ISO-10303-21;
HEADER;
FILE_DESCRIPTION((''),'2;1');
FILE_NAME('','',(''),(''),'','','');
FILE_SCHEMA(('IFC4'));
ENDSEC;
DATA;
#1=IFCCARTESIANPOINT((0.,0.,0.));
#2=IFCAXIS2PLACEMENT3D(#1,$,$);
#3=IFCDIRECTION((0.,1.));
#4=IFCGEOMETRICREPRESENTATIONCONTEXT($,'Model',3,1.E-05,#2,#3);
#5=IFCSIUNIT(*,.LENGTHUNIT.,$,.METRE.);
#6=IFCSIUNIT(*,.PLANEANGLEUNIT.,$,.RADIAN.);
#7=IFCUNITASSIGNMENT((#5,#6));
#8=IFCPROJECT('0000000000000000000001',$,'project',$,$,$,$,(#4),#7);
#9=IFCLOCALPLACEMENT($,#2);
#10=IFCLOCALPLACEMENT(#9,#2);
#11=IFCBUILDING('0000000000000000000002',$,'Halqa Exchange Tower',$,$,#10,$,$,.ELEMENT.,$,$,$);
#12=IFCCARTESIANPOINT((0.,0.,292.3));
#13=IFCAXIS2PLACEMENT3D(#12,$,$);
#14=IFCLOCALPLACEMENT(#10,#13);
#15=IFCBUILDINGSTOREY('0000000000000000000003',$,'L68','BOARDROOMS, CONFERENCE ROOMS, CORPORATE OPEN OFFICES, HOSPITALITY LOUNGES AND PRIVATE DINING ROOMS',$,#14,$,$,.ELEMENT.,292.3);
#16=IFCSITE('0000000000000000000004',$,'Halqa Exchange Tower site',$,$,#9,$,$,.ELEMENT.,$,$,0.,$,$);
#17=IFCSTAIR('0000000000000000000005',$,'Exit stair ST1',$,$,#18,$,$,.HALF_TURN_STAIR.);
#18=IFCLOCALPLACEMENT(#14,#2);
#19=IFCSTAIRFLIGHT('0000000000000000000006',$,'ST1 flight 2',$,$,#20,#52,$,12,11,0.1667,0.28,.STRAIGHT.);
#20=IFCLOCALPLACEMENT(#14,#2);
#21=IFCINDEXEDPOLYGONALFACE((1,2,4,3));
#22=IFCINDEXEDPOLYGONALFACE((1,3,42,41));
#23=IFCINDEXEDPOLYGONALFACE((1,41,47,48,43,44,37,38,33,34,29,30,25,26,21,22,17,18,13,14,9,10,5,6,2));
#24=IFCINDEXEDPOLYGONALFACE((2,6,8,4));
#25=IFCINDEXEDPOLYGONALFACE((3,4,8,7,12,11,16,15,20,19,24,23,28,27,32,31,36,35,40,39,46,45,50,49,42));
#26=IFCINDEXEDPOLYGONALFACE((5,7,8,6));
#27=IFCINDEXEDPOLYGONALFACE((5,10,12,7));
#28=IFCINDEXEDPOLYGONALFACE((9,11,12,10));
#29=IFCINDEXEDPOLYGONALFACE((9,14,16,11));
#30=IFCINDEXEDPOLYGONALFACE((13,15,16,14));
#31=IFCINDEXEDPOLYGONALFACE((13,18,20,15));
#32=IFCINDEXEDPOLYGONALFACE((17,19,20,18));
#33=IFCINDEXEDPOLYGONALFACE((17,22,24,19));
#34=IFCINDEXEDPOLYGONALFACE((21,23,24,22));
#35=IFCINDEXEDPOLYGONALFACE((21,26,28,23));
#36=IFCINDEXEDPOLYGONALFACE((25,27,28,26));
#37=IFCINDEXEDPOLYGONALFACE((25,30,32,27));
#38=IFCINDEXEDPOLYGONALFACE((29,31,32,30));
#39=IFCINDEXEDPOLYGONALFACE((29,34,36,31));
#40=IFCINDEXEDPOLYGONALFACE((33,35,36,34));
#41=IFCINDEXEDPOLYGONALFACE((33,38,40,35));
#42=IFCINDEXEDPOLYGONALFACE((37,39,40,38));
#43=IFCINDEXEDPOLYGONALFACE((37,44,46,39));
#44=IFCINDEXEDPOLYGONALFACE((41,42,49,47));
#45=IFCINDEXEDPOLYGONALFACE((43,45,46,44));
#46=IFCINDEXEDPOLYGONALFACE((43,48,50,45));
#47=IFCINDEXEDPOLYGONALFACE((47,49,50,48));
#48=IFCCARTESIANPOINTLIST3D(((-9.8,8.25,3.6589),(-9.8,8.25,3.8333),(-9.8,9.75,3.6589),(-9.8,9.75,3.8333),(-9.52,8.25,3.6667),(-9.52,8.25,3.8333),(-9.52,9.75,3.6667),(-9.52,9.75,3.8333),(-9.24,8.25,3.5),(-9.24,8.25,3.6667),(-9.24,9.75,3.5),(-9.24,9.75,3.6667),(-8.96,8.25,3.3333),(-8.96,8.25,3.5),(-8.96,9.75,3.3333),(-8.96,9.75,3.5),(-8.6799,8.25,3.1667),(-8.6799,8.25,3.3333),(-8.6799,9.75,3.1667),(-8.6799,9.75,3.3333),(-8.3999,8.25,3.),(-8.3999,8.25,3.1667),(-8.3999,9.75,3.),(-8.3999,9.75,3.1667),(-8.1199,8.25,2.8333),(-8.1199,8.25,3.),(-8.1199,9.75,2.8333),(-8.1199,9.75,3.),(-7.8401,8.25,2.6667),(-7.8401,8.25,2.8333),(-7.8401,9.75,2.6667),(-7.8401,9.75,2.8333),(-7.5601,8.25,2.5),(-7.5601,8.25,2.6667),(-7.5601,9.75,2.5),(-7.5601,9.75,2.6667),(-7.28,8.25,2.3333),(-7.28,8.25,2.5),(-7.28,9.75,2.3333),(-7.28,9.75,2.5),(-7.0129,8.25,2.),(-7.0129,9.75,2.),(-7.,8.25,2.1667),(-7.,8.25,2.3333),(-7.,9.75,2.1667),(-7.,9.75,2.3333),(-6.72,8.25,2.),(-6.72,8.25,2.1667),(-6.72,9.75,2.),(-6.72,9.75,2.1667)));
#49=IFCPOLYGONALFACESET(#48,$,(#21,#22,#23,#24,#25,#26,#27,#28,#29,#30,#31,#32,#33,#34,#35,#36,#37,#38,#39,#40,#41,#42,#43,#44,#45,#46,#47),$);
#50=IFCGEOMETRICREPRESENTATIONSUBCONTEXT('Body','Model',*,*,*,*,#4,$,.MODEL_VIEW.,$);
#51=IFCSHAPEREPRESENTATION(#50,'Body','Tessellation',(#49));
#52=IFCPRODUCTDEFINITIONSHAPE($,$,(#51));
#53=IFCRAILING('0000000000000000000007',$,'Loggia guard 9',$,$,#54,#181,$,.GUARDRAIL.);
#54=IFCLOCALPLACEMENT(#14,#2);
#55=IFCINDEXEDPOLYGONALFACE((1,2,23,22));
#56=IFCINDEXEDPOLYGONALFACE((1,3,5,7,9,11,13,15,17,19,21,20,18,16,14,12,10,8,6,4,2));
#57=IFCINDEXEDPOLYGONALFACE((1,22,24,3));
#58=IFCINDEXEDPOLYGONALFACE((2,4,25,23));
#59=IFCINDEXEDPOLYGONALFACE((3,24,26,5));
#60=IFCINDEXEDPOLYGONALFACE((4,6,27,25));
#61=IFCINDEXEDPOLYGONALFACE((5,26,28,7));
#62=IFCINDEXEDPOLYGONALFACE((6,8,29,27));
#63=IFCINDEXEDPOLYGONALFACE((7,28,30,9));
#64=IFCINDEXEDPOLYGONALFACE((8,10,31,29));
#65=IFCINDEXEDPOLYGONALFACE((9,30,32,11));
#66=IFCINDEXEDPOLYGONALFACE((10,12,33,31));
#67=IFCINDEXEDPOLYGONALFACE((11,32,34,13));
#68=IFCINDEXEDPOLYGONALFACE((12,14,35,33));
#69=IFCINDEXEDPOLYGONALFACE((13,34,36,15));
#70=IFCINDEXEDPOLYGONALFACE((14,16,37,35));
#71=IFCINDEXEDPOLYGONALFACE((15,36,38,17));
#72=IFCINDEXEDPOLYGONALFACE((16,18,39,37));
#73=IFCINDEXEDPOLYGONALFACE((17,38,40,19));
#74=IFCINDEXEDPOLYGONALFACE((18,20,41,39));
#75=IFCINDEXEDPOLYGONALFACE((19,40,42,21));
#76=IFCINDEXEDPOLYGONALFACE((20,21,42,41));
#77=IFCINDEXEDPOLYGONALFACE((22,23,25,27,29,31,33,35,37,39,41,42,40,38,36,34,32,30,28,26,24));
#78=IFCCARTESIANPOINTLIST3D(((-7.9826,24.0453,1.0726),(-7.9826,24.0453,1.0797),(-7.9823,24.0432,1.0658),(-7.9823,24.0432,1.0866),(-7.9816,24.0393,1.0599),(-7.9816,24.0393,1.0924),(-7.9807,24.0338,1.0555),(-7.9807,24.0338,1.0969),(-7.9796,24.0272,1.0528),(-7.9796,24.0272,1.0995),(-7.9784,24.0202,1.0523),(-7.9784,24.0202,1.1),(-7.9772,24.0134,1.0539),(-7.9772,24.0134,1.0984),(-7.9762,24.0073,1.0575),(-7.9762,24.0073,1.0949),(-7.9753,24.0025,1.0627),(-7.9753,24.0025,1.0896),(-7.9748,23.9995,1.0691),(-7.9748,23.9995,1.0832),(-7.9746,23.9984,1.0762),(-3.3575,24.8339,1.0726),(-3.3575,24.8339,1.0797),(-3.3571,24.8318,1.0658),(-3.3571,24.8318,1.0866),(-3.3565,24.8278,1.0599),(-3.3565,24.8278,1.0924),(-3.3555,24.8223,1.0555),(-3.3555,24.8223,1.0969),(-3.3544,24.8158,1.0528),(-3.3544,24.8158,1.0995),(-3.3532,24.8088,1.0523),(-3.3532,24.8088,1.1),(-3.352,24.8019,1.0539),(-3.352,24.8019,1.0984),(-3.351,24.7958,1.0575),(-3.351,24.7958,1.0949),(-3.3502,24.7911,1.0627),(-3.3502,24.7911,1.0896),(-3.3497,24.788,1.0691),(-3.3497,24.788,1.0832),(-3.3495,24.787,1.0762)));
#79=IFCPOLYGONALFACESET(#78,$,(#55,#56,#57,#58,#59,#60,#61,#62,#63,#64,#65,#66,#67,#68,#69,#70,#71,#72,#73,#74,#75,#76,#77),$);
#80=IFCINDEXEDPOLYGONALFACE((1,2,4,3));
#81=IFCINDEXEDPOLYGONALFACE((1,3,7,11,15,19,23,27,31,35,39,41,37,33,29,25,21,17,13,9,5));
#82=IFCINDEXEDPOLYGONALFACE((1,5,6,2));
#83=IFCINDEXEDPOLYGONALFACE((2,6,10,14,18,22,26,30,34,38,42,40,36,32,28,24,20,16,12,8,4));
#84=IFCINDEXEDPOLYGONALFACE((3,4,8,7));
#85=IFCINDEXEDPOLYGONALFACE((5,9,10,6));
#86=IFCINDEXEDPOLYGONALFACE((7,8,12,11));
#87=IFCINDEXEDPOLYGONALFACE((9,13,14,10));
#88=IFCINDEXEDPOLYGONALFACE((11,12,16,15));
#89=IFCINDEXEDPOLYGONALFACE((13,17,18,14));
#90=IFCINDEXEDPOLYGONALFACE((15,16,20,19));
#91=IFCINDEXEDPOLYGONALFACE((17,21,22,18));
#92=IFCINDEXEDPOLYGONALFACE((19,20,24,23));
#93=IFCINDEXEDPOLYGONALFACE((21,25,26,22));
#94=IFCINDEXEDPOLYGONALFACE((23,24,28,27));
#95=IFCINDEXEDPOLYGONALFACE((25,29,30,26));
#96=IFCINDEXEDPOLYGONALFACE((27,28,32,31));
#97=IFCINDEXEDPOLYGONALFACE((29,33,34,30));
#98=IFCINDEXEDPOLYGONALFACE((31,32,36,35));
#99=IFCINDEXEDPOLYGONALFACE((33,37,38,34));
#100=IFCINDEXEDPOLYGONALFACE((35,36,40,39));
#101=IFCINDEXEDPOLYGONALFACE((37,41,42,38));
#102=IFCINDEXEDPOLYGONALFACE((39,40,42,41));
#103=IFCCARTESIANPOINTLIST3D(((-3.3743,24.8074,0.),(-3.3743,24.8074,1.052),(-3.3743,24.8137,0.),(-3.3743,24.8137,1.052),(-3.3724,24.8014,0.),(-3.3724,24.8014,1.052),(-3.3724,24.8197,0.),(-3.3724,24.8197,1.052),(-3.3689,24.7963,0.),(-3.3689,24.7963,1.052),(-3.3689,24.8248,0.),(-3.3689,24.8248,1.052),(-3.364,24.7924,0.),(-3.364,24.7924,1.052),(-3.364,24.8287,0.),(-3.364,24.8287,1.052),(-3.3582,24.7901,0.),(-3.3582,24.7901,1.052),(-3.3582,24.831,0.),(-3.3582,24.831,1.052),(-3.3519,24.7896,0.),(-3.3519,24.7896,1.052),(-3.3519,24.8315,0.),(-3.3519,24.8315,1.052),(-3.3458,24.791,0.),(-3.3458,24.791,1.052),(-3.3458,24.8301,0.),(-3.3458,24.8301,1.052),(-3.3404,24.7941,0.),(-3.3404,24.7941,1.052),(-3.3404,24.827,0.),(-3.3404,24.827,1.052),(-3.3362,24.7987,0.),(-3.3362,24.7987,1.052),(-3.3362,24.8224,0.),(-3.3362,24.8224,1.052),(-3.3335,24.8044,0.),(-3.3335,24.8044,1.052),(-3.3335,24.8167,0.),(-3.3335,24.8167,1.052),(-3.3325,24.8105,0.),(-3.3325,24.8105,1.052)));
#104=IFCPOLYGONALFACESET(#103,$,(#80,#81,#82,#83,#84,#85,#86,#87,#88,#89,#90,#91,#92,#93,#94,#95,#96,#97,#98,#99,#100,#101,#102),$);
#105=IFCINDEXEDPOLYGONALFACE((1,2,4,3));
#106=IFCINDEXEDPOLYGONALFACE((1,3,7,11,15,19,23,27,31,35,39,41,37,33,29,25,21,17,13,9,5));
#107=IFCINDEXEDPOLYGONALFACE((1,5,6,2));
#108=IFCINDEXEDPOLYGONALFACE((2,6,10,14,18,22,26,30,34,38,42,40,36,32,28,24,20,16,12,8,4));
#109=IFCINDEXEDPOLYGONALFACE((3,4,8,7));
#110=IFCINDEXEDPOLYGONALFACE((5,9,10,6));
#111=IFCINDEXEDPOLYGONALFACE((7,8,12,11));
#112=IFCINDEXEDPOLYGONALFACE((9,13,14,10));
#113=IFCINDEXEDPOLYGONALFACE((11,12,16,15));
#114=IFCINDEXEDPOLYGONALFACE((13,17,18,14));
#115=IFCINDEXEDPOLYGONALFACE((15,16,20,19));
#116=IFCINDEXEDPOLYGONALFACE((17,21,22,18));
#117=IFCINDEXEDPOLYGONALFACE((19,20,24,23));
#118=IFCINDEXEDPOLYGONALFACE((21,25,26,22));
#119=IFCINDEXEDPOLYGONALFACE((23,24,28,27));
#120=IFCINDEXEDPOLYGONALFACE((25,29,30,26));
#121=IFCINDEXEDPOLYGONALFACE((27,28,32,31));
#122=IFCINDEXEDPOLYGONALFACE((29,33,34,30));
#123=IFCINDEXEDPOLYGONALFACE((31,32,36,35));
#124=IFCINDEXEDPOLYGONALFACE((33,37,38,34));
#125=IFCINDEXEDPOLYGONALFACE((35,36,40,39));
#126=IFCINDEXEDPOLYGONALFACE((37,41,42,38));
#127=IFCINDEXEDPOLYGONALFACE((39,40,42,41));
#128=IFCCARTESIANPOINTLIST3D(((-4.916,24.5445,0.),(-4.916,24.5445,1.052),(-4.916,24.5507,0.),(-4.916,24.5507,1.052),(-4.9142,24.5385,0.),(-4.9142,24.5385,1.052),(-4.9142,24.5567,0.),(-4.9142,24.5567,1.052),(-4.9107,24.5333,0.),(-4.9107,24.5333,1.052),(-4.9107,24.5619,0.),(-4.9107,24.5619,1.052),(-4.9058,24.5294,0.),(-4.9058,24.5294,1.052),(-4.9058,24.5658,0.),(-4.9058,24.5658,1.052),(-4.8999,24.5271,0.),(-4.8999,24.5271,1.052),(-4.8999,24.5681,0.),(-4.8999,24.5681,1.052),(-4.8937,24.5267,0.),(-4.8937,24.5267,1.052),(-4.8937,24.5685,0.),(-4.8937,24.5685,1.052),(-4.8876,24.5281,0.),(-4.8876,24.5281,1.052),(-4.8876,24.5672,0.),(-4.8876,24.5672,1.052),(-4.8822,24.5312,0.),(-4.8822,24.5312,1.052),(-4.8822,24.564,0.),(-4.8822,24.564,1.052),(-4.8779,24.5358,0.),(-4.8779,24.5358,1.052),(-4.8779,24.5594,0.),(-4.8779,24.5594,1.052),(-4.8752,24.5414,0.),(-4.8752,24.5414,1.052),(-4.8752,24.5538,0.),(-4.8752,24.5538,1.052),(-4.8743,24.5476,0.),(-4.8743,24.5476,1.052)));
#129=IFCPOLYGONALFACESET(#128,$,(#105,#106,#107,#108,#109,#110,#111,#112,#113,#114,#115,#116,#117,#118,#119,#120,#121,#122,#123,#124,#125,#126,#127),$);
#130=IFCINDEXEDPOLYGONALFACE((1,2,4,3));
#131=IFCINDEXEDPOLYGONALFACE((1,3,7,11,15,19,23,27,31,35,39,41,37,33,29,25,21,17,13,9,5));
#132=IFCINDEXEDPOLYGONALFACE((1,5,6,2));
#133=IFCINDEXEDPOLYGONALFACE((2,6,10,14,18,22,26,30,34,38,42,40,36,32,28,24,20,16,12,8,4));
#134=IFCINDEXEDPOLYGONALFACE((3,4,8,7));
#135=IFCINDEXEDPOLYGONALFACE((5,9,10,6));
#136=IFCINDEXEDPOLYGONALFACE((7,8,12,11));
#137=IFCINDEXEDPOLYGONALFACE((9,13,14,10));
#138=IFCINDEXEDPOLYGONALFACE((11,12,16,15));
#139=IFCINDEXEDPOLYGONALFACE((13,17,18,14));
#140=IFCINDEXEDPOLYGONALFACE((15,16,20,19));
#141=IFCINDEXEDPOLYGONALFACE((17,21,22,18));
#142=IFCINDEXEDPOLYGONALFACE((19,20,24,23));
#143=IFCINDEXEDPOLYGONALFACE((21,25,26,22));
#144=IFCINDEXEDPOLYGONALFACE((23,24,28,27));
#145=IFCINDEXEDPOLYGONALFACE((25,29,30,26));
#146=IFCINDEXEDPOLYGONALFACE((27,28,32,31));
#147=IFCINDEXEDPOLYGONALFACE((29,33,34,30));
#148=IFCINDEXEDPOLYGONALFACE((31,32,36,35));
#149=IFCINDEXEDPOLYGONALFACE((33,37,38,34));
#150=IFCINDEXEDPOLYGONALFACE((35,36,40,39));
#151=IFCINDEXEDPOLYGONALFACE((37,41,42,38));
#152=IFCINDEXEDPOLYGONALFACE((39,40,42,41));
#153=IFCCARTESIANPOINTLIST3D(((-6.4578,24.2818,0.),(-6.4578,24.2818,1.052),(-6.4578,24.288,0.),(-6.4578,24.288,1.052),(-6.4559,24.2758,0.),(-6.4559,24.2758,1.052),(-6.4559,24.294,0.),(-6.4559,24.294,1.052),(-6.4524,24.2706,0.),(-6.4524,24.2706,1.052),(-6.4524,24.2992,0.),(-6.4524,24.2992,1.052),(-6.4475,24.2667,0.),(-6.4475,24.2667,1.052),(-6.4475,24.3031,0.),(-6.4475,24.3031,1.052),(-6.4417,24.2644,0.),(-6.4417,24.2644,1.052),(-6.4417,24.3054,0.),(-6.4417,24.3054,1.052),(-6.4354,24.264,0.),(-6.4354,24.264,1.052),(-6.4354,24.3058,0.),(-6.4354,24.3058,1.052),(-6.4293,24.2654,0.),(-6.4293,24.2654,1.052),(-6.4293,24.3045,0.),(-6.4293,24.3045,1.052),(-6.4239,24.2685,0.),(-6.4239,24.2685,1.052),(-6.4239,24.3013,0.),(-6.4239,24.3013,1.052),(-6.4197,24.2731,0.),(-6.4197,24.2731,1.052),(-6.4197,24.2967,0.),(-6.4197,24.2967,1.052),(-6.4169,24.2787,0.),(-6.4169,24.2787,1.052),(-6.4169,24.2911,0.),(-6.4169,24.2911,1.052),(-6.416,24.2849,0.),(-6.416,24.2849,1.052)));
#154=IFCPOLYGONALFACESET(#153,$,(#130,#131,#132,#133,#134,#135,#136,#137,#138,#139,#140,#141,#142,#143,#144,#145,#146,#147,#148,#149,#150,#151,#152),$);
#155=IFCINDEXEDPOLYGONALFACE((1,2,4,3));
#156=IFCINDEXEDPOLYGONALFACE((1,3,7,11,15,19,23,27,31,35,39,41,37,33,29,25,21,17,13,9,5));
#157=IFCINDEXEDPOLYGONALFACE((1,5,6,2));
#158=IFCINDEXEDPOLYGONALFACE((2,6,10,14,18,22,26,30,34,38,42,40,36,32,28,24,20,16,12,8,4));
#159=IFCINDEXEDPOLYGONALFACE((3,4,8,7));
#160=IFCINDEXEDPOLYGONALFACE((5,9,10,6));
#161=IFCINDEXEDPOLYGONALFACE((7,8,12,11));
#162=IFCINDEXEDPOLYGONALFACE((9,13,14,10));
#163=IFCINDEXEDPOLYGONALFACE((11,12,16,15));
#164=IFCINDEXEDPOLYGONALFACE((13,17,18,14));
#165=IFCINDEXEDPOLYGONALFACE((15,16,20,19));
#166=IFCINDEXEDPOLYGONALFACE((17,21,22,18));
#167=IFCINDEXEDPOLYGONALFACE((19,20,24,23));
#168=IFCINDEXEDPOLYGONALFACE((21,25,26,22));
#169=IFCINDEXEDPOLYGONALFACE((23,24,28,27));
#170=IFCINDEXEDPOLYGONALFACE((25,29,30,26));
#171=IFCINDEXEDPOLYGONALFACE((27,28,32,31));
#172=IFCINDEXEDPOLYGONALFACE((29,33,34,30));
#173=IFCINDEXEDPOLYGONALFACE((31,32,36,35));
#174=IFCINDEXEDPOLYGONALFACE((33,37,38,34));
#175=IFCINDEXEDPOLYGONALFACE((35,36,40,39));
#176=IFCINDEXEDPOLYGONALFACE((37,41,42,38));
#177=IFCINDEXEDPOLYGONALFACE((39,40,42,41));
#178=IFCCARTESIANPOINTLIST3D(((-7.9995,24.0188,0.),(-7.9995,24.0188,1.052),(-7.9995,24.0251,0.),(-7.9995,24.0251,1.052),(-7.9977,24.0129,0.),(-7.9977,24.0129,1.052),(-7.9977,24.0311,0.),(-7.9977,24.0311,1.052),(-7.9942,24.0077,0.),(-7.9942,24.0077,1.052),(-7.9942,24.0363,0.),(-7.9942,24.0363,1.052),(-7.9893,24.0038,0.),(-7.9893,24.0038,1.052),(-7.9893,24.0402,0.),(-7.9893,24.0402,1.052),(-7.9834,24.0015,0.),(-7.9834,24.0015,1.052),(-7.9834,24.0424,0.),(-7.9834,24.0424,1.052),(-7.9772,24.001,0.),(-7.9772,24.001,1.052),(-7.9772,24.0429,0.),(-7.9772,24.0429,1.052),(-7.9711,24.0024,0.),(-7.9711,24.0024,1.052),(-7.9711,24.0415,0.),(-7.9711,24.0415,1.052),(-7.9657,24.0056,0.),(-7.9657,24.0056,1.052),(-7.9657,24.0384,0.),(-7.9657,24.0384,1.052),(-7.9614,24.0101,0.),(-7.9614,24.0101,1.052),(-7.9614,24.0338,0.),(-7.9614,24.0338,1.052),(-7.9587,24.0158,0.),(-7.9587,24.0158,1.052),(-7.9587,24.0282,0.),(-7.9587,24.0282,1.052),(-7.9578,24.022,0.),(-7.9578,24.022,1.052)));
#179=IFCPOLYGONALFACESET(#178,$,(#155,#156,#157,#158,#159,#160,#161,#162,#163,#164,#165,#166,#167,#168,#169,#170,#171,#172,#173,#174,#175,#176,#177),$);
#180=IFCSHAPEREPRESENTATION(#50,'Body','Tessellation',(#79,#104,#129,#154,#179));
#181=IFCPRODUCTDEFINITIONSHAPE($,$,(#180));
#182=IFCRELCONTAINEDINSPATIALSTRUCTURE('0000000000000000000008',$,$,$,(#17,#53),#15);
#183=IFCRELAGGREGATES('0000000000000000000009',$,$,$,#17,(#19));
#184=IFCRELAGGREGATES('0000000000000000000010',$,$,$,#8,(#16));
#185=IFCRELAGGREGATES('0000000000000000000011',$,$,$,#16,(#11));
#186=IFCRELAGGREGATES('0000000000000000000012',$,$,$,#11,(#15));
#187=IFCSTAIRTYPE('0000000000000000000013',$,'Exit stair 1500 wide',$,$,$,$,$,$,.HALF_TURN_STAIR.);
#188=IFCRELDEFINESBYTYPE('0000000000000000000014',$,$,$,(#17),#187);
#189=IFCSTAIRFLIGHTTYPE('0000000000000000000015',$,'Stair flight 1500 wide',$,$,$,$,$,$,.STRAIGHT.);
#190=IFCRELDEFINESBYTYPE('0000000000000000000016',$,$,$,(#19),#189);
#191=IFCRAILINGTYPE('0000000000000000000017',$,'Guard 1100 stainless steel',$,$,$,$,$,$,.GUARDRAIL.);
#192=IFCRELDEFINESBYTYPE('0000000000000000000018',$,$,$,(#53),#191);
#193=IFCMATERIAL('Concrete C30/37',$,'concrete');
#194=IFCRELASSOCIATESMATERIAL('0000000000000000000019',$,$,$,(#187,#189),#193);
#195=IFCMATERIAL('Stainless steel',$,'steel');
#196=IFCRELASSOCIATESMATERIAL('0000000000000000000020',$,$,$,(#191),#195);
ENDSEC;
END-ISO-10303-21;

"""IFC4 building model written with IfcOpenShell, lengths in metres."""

from ifc_helpers import new_model, si_unit, direction, frame, origin, origin_2d, place, context, subcontext, project, spatial, polyline, circle, outline, extrude, material, type_object, element, aggregate, save


model = new_model("IFC4")

# Units and contexts
model_context = context("Model", 3, precision=1e-05, world=origin(), true_north=direction((0.0, 1.0)))
body_context = subcontext(model_context, "Body", "Model", "MODEL_VIEW")
ifc_project = project(units=[si_unit("LENGTHUNIT", "METRE"), si_unit("PLANEANGLEUNIT", "RADIAN")], contexts=[model_context])

# Site, building, storey
site_placement = place(None, origin())
site = spatial("IfcSite", under=ifc_project, at=site_placement, Name="Halqa Exchange Tower site", CompositionType="ELEMENT", RefElevation=0.0)
building_placement = place(site_placement, origin())
building = spatial("IfcBuilding", under=site, at=building_placement, Name="Halqa Exchange Tower", CompositionType="ELEMENT")
storey_placement = place(building_placement, frame((0.0, 0.0, 292.3)))
storey = spatial("IfcBuildingStorey", under=building, at=storey_placement, Name="L68", Description="BOARDROOMS, CONFERENCE ROOMS, CORPORATE OPEN OFFICES, HOSPITALITY LOUNGES AND PRIVATE DINING ROOMS", CompositionType="ELEMENT", Elevation=292.3)

# Shared definitions
ifc_material_1 = material(Name="Concrete C30/37", Category="concrete")

# Stair, stair flight
stair_type = type_object("IfcStairType", Name="Exit stair 1500 wide", PredefinedType="HALF_TURN_STAIR", material=ifc_material_1)
stair_placement = place(storey_placement, origin())
stair = element("IfcStair", 1, at=stair_placement, inside=storey, type_object=stair_type, Name="Exit stair ST1", PredefinedType="HALF_TURN_STAIR")
stair_flight_type = type_object("IfcStairFlightType", Name="Stair flight 1500 wide", PredefinedType="STRAIGHT", material=ifc_material_1)
stair_flight_placement = place(storey_placement, frame((-6.72, 9.0, 2.0), z_axis=(0.0, 0.0, 1.0), x_axis=(-1.0, 0.0, 0.0)))
stair_flight = element("IfcStairFlight", 2, at=stair_flight_placement, type_object=stair_flight_type, Name="ST1 flight 2", NumberOfRisers=12, NumberOfTreads=11, PredefinedType="STRAIGHT", RiserHeight=0.1667, TreadLength=0.28, context=body_context, shape_type="SweptSolid", body=[
    extrude(outline(polyline([(0.0, 0.0), (0.0, 0.1667), (0.28, 0.1667), (0.28, 0.3333), (0.5601, 0.3333), (0.5601, 0.5), (0.8401, 0.5), (0.8401, 0.6667), (1.1201, 0.6667), (1.1201, 0.8333), (1.3999, 0.8333), (1.3999, 1.0), (1.6799, 1.0), (1.6799, 1.1667), (1.96, 1.1667), (1.96, 1.3333), (2.24, 1.3333), (2.24, 1.5), (2.52, 1.5), (2.52, 1.6667), (2.8, 1.6667), (2.8, 1.8333), (3.0801, 1.8333), (3.0801, 2.0), (3.0801, 1.6589), (0.293, 0.0), (0.0, 0.0)])), frame((0.0, 0.75, 0.0), z_axis=(0.0, -1.0, 0.0), x_axis=(1.0, 0.0, 0.0)), (0.0, 0.0, 1.0), 1.5),
])
aggregate(stair, [stair_flight])

# Railing
ifc_material_2 = material(Name="Stainless steel", Category="steel")
railing_type_1 = type_object("IfcRailingType", Name="Guard 1100 stainless steel", PredefinedType="GUARDRAIL", material=ifc_material_2)
railing_1_placement = place(storey_placement, frame((-3.3535, 24.8105, 0.0)))
element("IfcRailing", 3, at=railing_1_placement, inside=storey, type_object=railing_type_1, Name="Loggia guard 9", PredefinedType="GUARDRAIL", context=body_context, shape_type="SweptSolid", body=[
    extrude(circle(Radius=0.0239, at=origin_2d()), frame((0.0, 0.0, 1.0762), z_axis=(-0.985775, -0.168068, 0.0), x_axis=(0.168068, -0.985775, 0.0)), (0.0, 0.0, 1.0), 4.6919),
    extrude(circle(Radius=0.021, at=origin_2d()), origin(), (0.0, 0.0, 1.0), 1.052),
    extrude(circle(Radius=0.021, at=origin_2d()), frame((-1.5417, -0.2629, 0.0)), (0.0, 0.0, 1.0), 1.052),
    extrude(circle(Radius=0.021, at=origin_2d()), frame((-3.0835, -0.5256, 0.0)), (0.0, 0.0, 1.0), 1.052),
    extrude(circle(Radius=0.021, at=origin_2d()), frame((-4.6252, -0.7886, 0.0)), (0.0, 0.0, 1.0), 1.052),
])

save(model, "model.ifc")
